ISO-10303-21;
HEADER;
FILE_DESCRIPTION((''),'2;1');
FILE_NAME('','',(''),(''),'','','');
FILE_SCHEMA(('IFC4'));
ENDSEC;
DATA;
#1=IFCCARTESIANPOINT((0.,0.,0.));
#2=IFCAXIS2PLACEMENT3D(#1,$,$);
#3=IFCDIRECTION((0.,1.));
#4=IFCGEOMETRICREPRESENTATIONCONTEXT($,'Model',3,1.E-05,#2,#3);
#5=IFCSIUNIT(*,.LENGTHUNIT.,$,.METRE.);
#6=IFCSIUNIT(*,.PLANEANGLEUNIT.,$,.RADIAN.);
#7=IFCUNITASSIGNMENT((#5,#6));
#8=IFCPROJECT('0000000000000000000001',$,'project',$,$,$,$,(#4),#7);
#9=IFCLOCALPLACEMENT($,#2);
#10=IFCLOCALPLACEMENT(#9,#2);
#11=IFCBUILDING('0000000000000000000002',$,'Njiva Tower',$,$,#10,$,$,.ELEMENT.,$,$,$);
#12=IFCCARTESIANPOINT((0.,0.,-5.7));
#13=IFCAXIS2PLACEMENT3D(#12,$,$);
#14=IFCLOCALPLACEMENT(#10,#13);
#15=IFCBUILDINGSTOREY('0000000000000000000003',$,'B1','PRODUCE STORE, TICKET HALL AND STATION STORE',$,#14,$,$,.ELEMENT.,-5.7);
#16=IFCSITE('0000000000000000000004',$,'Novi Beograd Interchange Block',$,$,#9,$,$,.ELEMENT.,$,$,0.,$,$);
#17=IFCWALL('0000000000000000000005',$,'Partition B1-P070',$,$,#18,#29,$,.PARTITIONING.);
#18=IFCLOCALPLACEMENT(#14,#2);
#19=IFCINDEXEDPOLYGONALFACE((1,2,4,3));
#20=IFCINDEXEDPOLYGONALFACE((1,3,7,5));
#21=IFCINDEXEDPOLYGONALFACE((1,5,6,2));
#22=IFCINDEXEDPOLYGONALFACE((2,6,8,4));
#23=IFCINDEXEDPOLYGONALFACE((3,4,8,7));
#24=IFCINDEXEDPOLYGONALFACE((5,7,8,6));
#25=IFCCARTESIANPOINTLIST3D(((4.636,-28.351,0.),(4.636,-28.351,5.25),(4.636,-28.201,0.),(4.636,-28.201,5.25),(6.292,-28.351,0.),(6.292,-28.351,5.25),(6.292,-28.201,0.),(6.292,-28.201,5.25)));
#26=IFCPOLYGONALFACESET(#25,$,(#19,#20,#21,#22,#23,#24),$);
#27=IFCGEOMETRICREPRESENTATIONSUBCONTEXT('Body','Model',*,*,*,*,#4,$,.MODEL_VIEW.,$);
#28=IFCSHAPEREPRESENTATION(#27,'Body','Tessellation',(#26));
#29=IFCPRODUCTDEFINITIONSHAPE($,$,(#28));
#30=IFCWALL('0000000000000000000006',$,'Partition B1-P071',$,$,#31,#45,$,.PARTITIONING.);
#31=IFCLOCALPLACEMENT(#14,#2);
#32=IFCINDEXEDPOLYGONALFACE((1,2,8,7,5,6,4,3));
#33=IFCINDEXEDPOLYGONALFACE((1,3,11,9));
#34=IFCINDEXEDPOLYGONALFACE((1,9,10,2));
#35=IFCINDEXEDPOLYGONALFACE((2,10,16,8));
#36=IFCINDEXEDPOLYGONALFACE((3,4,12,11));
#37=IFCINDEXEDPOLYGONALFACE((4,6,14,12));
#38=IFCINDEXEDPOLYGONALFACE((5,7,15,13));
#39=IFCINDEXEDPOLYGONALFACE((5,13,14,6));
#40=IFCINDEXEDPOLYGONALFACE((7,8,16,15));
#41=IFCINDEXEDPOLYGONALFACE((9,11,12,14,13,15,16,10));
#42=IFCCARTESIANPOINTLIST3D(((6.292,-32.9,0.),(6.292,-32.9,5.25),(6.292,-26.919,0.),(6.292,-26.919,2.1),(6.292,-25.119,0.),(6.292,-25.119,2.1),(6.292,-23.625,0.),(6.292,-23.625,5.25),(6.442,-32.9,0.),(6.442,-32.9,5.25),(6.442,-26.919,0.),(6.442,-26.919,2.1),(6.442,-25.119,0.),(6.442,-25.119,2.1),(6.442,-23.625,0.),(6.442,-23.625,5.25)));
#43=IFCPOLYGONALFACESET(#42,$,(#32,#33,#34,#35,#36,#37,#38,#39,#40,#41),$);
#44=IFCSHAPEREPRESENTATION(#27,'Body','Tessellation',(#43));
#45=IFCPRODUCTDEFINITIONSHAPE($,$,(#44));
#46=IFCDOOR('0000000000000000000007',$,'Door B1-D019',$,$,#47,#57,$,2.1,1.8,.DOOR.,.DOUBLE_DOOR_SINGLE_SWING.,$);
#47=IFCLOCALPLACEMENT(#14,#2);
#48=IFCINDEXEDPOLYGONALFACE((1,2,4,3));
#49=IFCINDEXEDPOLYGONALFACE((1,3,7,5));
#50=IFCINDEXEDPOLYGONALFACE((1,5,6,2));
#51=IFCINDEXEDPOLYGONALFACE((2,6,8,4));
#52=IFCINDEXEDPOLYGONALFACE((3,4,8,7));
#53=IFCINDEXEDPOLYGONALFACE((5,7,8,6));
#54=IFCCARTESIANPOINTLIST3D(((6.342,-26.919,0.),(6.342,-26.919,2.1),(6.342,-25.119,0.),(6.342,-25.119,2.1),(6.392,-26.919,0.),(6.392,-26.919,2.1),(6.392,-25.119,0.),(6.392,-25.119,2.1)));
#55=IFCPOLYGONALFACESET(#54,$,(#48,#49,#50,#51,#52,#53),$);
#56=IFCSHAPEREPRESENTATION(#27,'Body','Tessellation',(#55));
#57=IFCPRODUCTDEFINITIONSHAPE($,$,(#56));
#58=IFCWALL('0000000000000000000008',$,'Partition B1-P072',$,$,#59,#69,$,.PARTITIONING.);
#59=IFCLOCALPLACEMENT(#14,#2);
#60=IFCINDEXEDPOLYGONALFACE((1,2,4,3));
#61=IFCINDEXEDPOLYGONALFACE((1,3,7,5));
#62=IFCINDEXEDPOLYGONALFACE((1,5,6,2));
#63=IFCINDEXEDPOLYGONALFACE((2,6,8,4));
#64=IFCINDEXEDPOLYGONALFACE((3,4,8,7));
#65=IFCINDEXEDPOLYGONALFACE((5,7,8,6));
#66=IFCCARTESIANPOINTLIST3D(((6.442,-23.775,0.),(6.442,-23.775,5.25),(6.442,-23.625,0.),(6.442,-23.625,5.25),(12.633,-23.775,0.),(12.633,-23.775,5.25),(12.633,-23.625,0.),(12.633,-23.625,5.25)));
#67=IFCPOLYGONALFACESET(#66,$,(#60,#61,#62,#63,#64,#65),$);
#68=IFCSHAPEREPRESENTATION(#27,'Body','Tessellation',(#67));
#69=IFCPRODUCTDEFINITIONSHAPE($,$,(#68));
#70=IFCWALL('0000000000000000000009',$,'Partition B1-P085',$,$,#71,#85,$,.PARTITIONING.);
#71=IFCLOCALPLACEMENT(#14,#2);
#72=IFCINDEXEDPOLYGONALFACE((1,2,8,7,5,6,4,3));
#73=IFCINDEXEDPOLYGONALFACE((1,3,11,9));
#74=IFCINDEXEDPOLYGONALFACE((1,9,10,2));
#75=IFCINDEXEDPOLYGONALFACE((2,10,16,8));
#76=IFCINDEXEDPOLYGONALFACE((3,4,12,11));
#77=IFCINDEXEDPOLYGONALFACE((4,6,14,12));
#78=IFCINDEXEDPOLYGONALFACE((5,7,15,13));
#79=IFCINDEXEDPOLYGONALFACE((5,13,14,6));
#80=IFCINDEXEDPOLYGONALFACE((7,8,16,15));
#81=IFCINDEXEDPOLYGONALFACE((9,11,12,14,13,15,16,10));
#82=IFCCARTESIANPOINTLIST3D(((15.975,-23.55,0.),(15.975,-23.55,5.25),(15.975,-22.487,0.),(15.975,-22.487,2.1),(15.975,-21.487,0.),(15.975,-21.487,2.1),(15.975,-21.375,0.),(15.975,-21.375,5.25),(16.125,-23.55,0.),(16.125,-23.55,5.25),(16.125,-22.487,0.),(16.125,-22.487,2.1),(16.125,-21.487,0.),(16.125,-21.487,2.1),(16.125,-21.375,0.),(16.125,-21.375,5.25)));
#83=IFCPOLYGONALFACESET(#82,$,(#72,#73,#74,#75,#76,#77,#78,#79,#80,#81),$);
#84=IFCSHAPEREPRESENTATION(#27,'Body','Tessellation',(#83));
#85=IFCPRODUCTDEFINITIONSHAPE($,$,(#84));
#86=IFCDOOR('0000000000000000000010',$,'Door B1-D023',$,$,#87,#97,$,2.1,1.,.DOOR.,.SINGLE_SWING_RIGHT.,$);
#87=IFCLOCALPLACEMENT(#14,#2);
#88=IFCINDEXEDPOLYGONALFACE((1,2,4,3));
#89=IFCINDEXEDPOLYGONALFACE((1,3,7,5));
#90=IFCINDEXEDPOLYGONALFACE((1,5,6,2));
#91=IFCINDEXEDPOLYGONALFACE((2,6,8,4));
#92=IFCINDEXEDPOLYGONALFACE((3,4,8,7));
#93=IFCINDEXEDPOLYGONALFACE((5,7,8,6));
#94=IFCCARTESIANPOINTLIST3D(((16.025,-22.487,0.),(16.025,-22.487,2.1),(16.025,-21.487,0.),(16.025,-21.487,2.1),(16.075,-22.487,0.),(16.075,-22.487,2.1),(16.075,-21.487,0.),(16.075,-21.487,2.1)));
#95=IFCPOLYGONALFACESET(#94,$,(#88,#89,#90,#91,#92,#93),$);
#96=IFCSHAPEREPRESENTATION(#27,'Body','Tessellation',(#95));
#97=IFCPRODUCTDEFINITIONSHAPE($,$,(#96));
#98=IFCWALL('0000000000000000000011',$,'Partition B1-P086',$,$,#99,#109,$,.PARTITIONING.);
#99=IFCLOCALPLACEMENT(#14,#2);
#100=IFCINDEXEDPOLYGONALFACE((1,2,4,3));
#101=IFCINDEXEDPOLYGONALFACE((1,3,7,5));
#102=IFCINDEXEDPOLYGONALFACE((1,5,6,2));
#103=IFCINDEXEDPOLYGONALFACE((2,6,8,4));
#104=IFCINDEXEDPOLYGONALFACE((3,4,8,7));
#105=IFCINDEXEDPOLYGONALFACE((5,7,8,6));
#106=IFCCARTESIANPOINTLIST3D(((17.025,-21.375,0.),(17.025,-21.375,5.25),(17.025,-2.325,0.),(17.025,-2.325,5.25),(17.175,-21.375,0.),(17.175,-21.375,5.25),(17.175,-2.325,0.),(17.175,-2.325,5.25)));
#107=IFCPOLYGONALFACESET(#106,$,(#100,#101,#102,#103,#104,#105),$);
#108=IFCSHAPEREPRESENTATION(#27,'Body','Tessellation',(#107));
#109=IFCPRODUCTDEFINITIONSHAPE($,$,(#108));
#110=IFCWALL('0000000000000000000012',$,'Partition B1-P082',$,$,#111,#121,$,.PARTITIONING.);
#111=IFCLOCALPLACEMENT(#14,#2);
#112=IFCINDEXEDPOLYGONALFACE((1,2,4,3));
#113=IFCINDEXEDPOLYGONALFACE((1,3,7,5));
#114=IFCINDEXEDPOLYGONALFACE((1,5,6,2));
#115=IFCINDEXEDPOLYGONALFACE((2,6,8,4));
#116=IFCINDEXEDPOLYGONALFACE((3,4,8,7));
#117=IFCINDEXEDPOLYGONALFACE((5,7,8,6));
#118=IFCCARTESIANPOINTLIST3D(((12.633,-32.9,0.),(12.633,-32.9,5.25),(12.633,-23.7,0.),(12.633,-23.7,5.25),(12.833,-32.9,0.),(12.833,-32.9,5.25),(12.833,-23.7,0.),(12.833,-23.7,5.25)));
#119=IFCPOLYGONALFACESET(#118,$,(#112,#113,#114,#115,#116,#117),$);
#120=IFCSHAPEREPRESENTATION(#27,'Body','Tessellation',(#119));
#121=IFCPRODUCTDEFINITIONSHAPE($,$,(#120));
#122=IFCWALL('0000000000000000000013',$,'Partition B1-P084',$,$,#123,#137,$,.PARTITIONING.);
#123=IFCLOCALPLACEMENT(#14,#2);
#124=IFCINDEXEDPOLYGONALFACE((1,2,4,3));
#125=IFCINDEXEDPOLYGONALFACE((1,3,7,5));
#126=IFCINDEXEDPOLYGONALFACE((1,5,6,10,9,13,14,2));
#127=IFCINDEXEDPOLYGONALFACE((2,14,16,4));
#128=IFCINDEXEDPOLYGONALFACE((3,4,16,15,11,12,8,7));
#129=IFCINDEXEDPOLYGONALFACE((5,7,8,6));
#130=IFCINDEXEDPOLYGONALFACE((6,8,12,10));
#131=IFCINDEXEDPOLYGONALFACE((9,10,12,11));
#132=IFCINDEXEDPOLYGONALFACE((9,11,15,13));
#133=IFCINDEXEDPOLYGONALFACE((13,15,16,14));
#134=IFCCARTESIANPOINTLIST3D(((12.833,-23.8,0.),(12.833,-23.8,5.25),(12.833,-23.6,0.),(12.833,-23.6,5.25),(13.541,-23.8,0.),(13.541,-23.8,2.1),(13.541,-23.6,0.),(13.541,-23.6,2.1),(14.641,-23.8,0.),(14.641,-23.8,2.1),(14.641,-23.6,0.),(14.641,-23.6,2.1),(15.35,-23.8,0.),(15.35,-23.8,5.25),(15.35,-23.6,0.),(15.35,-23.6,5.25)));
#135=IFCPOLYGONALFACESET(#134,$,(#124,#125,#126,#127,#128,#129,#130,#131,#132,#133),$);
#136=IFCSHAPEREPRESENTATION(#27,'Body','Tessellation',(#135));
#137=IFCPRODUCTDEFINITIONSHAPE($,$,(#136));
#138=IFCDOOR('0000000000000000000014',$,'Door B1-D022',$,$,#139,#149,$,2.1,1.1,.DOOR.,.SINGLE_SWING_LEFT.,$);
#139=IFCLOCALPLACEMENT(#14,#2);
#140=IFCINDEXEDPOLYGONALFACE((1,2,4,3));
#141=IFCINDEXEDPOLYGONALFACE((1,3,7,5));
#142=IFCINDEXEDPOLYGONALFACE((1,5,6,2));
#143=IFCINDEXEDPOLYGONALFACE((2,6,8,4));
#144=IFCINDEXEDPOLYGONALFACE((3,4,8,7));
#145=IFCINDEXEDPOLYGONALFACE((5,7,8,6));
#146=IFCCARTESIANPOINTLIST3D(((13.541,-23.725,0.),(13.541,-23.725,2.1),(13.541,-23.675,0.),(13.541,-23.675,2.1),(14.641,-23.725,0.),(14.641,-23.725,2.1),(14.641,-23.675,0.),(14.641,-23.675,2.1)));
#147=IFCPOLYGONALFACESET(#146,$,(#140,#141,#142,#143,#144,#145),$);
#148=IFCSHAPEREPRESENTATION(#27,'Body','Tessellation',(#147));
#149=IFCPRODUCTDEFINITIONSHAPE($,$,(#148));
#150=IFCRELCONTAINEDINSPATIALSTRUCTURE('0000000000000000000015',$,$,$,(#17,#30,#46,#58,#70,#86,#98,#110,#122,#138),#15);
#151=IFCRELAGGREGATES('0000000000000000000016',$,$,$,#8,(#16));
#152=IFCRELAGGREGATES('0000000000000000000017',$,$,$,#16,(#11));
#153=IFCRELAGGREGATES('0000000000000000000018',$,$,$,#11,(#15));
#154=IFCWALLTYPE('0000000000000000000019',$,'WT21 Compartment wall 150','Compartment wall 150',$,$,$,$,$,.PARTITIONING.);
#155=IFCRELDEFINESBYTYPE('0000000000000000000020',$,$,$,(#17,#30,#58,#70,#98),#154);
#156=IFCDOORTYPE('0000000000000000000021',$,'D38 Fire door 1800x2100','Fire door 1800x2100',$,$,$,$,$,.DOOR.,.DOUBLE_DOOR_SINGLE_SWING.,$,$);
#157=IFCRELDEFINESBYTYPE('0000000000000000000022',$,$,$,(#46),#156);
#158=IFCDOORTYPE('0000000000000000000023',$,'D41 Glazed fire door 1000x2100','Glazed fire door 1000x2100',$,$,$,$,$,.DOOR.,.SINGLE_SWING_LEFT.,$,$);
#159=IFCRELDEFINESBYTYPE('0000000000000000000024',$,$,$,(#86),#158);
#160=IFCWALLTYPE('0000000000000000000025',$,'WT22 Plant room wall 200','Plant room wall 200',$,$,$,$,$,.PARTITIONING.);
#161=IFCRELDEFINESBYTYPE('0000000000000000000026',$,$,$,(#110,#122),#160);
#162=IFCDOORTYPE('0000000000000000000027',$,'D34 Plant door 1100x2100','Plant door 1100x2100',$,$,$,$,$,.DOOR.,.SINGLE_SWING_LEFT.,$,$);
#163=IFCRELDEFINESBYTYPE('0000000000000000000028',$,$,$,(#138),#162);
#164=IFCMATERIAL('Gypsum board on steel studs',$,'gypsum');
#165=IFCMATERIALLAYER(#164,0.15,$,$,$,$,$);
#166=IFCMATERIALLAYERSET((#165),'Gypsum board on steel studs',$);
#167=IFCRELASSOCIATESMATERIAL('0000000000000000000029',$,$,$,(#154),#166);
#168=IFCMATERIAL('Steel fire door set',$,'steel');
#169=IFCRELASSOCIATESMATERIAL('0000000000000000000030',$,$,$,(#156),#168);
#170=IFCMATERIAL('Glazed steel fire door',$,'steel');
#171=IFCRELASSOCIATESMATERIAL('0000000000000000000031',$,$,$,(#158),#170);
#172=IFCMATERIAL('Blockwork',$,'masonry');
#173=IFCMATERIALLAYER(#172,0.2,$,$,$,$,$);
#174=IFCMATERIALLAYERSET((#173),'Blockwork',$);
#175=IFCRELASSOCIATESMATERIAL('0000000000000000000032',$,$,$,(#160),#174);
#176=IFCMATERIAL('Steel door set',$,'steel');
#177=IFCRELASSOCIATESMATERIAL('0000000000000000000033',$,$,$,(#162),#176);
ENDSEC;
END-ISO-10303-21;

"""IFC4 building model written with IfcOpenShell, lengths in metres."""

from ifc_helpers import new_model, si_unit, direction, frame, frame_2d, origin, place, context, subcontext, project, spatial, rectangle, extrude, material, layer, layer_set, type_object, element, fill, save


model = new_model("IFC4")

# Units and contexts
model_context = context("Model", 3, precision=1e-05, world=origin(), true_north=direction((0.0, 1.0)))
body_context = subcontext(model_context, "Body", "Model", "MODEL_VIEW")
ifc_project = project(units=[si_unit("LENGTHUNIT", "METRE"), si_unit("PLANEANGLEUNIT", "RADIAN")], contexts=[model_context])

# Site, building, storey
site_placement = place(None, origin())
site = spatial("IfcSite", under=ifc_project, at=site_placement, Name="Novi Beograd Interchange Block", CompositionType="ELEMENT", RefElevation=0.0)
building_placement = place(site_placement, origin())
building = spatial("IfcBuilding", under=site, at=building_placement, Name="Njiva Tower", CompositionType="ELEMENT")
storey_placement = place(building_placement, frame((0.0, 0.0, -5.7)))
storey = spatial("IfcBuildingStorey", under=building, at=storey_placement, Name="B1", Description="PRODUCE STORE, TICKET HALL AND STATION STORE", CompositionType="ELEMENT", Elevation=-5.7)

# Shared definitions
ifc_material_1 = material(Name="Gypsum board on steel studs", Category="gypsum")
ifc_layer_1 = layer(ifc_material_1, 0.15)
ifc_layer_set_1 = layer_set([ifc_layer_1], Name="Gypsum board on steel studs")
wall_type_1 = type_object("IfcWallType", Name="WT21 Compartment wall 150", Description="Compartment wall 150", PredefinedType="PARTITIONING", material=ifc_layer_set_1)

# Shared definitions
ifc_material_2 = material(Name="Steel fire door set", Category="steel")
door_type_1 = type_object("IfcDoorType", Name="D38 Fire door 1800x2100", Description="Fire door 1800x2100", OperationType="DOUBLE_DOOR_SINGLE_SWING", PredefinedType="DOOR", material=ifc_material_2)

# Wall
wall_1_placement = place(storey_placement, frame((4.636, -28.276, 0.0), z_axis=(0.0, 0.0, 1.0), x_axis=(1.0, 0.0, 0.0)))
element("IfcWall", 1, at=wall_1_placement, inside=storey, type_object=wall_type_1, Name="Partition B1-P070", PredefinedType="PARTITIONING", context=body_context, shape_type="SweptSolid", body=[
    extrude(rectangle(XDim=1.656, YDim=0.15, at=frame_2d((0.828, 0.0))), origin(), (0.0, 0.0, 1.0), 5.25),
])

# Wall, opening, door
wall_2_placement = place(storey_placement, frame((6.367, -32.9, 0.0), z_axis=(0.0, 0.0, 1.0), x_axis=(0.0, 1.0, 0.0)))
wall_2 = element("IfcWall", 2, at=wall_2_placement, inside=storey, type_object=wall_type_1, Name="Partition B1-P071", PredefinedType="PARTITIONING", context=body_context, shape_type="SweptSolid", body=[
    extrude(rectangle(XDim=9.275, YDim=0.15, at=frame_2d((4.6375, 0.0))), origin(), (0.0, 0.0, 1.0), 5.25),
])
opening_1_placement = place(wall_2_placement, frame((5.981, 0.0, 0.0)))
opening_1 = element("IfcOpeningElement", 3, at=opening_1_placement, cuts=wall_2, PredefinedType="OPENING", context=body_context, shape_type="SweptSolid", body=[
    extrude(rectangle(XDim=1.8, YDim=2.1, at=frame_2d((0.9, 1.05))), frame((0.0, 0.085, 0.0), z_axis=(0.0, -1.0, 0.0), x_axis=(1.0, 0.0, 0.0)), (0.0, 0.0, 1.0), 0.17),
])
door_1_placement = place(opening_1_placement, origin())
door_1 = element("IfcDoor", 4, at=door_1_placement, inside=storey, type_object=door_type_1, Name="Door B1-D019", OperationType="DOUBLE_DOOR_SINGLE_SWING", OverallHeight=2.1, OverallWidth=1.8, PredefinedType="DOOR", context=body_context, shape_type="SweptSolid", body=[
    extrude(rectangle(XDim=1.8, YDim=2.1, at=frame_2d((0.9, 1.05))), frame((0.0, 0.025, 0.0), z_axis=(0.0, -1.0, 0.0), x_axis=(1.0, 0.0, 0.0)), (0.0, 0.0, 1.0), 0.05),
])
fill(opening_1, door_1)

# Wall
wall_3_placement = place(storey_placement, frame((6.442, -23.7, 0.0), z_axis=(0.0, 0.0, 1.0), x_axis=(1.0, 0.0, 0.0)))
element("IfcWall", 5, at=wall_3_placement, inside=storey, type_object=wall_type_1, Name="Partition B1-P072", PredefinedType="PARTITIONING", context=body_context, shape_type="SweptSolid", body=[
    extrude(rectangle(XDim=6.191, YDim=0.15, at=frame_2d((3.0955, 0.0))), origin(), (0.0, 0.0, 1.0), 5.25),
])

# Wall, opening, door
wall_4_placement = place(storey_placement, frame((16.05, -23.55, 0.0), z_axis=(0.0, 0.0, 1.0), x_axis=(0.0, 1.0, 0.0)))
wall_4 = element("IfcWall", 6, at=wall_4_placement, inside=storey, type_object=wall_type_1, Name="Partition B1-P085", PredefinedType="PARTITIONING", context=body_context, shape_type="SweptSolid", body=[
    extrude(rectangle(XDim=2.175, YDim=0.15, at=frame_2d((1.0875, 0.0))), origin(), (0.0, 0.0, 1.0), 5.25),
])
opening_2_placement = place(wall_4_placement, frame((1.063, 0.0, 0.0)))
opening_2 = element("IfcOpeningElement", 7, at=opening_2_placement, cuts=wall_4, PredefinedType="OPENING", context=body_context, shape_type="SweptSolid", body=[
    extrude(rectangle(XDim=1.0, YDim=2.1, at=frame_2d((0.5, 1.05))), frame((0.0, 0.085, 0.0), z_axis=(0.0, -1.0, 0.0), x_axis=(1.0, 0.0, 0.0)), (0.0, 0.0, 1.0), 0.17),
])
ifc_material_3 = material(Name="Glazed steel fire door", Category="steel")
door_type_2 = type_object("IfcDoorType", Name="D41 Glazed fire door 1000x2100", Description="Glazed fire door 1000x2100", OperationType="SINGLE_SWING_LEFT", PredefinedType="DOOR", material=ifc_material_3)
door_2_placement = place(opening_2_placement, origin())
door_2 = element("IfcDoor", 8, at=door_2_placement, inside=storey, type_object=door_type_2, Name="Door B1-D023", OperationType="SINGLE_SWING_RIGHT", OverallHeight=2.1, OverallWidth=1.0, PredefinedType="DOOR", context=body_context, shape_type="SweptSolid", body=[
    extrude(rectangle(XDim=1.0, YDim=2.1, at=frame_2d((0.5, 1.05))), frame((0.0, 0.025, 0.0), z_axis=(0.0, -1.0, 0.0), x_axis=(1.0, 0.0, 0.0)), (0.0, 0.0, 1.0), 0.05),
])
fill(opening_2, door_2)

# Walls
wall_5_placement = place(storey_placement, frame((17.1, -21.375, 0.0), z_axis=(0.0, 0.0, 1.0), x_axis=(0.0, 1.0, 0.0)))
element("IfcWall", 9, at=wall_5_placement, inside=storey, type_object=wall_type_1, Name="Partition B1-P086", PredefinedType="PARTITIONING", context=body_context, shape_type="SweptSolid", body=[
    extrude(rectangle(XDim=19.05, YDim=0.15, at=frame_2d((9.525, 0.0))), origin(), (0.0, 0.0, 1.0), 5.25),
])
ifc_material_4 = material(Name="Blockwork", Category="masonry")
ifc_layer_2 = layer(ifc_material_4, 0.2)
ifc_layer_set_2 = layer_set([ifc_layer_2], Name="Blockwork")
wall_type_2 = type_object("IfcWallType", Name="WT22 Plant room wall 200", Description="Plant room wall 200", PredefinedType="PARTITIONING", material=ifc_layer_set_2)
wall_6_placement = place(storey_placement, frame((12.733, -32.9, 0.0), z_axis=(0.0, 0.0, 1.0), x_axis=(0.0, 1.0, 0.0)))
element("IfcWall", 10, at=wall_6_placement, inside=storey, type_object=wall_type_2, Name="Partition B1-P082", PredefinedType="PARTITIONING", context=body_context, shape_type="SweptSolid", body=[
    extrude(rectangle(XDim=9.2, YDim=0.2, at=frame_2d((4.6, 0.0))), origin(), (0.0, 0.0, 1.0), 5.25),
])

# Wall, opening, door
wall_7_placement = place(storey_placement, frame((12.833, -23.7, 0.0), z_axis=(0.0, 0.0, 1.0), x_axis=(1.0, 0.0, 0.0)))
wall_7 = element("IfcWall", 11, at=wall_7_placement, inside=storey, type_object=wall_type_2, Name="Partition B1-P084", PredefinedType="PARTITIONING", context=body_context, shape_type="SweptSolid", body=[
    extrude(rectangle(XDim=2.517, YDim=0.2, at=frame_2d((1.2585, 0.0))), origin(), (0.0, 0.0, 1.0), 5.25),
])
opening_3_placement = place(wall_7_placement, frame((0.708, 0.0, 0.0)))
opening_3 = element("IfcOpeningElement", 12, at=opening_3_placement, cuts=wall_7, PredefinedType="OPENING", context=body_context, shape_type="SweptSolid", body=[
    extrude(rectangle(XDim=1.1, YDim=2.1, at=frame_2d((0.55, 1.05))), frame((0.0, 0.11, 0.0), z_axis=(0.0, -1.0, 0.0), x_axis=(1.0, 0.0, 0.0)), (0.0, 0.0, 1.0), 0.22),
])
ifc_material_5 = material(Name="Steel door set", Category="steel")
door_type_3 = type_object("IfcDoorType", Name="D34 Plant door 1100x2100", Description="Plant door 1100x2100", OperationType="SINGLE_SWING_LEFT", PredefinedType="DOOR", material=ifc_material_5)
door_3_placement = place(opening_3_placement, origin())
door_3 = element("IfcDoor", 13, at=door_3_placement, inside=storey, type_object=door_type_3, Name="Door B1-D022", OperationType="SINGLE_SWING_LEFT", OverallHeight=2.1, OverallWidth=1.1, PredefinedType="DOOR", context=body_context, shape_type="SweptSolid", body=[
    extrude(rectangle(XDim=1.1, YDim=2.1, at=frame_2d((0.55, 1.05))), frame((0.0, 0.025, 0.0), z_axis=(0.0, -1.0, 0.0), x_axis=(1.0, 0.0, 0.0)), (0.0, 0.0, 1.0), 0.05),
])
fill(opening_3, door_3)

save(model, "model.ifc")
